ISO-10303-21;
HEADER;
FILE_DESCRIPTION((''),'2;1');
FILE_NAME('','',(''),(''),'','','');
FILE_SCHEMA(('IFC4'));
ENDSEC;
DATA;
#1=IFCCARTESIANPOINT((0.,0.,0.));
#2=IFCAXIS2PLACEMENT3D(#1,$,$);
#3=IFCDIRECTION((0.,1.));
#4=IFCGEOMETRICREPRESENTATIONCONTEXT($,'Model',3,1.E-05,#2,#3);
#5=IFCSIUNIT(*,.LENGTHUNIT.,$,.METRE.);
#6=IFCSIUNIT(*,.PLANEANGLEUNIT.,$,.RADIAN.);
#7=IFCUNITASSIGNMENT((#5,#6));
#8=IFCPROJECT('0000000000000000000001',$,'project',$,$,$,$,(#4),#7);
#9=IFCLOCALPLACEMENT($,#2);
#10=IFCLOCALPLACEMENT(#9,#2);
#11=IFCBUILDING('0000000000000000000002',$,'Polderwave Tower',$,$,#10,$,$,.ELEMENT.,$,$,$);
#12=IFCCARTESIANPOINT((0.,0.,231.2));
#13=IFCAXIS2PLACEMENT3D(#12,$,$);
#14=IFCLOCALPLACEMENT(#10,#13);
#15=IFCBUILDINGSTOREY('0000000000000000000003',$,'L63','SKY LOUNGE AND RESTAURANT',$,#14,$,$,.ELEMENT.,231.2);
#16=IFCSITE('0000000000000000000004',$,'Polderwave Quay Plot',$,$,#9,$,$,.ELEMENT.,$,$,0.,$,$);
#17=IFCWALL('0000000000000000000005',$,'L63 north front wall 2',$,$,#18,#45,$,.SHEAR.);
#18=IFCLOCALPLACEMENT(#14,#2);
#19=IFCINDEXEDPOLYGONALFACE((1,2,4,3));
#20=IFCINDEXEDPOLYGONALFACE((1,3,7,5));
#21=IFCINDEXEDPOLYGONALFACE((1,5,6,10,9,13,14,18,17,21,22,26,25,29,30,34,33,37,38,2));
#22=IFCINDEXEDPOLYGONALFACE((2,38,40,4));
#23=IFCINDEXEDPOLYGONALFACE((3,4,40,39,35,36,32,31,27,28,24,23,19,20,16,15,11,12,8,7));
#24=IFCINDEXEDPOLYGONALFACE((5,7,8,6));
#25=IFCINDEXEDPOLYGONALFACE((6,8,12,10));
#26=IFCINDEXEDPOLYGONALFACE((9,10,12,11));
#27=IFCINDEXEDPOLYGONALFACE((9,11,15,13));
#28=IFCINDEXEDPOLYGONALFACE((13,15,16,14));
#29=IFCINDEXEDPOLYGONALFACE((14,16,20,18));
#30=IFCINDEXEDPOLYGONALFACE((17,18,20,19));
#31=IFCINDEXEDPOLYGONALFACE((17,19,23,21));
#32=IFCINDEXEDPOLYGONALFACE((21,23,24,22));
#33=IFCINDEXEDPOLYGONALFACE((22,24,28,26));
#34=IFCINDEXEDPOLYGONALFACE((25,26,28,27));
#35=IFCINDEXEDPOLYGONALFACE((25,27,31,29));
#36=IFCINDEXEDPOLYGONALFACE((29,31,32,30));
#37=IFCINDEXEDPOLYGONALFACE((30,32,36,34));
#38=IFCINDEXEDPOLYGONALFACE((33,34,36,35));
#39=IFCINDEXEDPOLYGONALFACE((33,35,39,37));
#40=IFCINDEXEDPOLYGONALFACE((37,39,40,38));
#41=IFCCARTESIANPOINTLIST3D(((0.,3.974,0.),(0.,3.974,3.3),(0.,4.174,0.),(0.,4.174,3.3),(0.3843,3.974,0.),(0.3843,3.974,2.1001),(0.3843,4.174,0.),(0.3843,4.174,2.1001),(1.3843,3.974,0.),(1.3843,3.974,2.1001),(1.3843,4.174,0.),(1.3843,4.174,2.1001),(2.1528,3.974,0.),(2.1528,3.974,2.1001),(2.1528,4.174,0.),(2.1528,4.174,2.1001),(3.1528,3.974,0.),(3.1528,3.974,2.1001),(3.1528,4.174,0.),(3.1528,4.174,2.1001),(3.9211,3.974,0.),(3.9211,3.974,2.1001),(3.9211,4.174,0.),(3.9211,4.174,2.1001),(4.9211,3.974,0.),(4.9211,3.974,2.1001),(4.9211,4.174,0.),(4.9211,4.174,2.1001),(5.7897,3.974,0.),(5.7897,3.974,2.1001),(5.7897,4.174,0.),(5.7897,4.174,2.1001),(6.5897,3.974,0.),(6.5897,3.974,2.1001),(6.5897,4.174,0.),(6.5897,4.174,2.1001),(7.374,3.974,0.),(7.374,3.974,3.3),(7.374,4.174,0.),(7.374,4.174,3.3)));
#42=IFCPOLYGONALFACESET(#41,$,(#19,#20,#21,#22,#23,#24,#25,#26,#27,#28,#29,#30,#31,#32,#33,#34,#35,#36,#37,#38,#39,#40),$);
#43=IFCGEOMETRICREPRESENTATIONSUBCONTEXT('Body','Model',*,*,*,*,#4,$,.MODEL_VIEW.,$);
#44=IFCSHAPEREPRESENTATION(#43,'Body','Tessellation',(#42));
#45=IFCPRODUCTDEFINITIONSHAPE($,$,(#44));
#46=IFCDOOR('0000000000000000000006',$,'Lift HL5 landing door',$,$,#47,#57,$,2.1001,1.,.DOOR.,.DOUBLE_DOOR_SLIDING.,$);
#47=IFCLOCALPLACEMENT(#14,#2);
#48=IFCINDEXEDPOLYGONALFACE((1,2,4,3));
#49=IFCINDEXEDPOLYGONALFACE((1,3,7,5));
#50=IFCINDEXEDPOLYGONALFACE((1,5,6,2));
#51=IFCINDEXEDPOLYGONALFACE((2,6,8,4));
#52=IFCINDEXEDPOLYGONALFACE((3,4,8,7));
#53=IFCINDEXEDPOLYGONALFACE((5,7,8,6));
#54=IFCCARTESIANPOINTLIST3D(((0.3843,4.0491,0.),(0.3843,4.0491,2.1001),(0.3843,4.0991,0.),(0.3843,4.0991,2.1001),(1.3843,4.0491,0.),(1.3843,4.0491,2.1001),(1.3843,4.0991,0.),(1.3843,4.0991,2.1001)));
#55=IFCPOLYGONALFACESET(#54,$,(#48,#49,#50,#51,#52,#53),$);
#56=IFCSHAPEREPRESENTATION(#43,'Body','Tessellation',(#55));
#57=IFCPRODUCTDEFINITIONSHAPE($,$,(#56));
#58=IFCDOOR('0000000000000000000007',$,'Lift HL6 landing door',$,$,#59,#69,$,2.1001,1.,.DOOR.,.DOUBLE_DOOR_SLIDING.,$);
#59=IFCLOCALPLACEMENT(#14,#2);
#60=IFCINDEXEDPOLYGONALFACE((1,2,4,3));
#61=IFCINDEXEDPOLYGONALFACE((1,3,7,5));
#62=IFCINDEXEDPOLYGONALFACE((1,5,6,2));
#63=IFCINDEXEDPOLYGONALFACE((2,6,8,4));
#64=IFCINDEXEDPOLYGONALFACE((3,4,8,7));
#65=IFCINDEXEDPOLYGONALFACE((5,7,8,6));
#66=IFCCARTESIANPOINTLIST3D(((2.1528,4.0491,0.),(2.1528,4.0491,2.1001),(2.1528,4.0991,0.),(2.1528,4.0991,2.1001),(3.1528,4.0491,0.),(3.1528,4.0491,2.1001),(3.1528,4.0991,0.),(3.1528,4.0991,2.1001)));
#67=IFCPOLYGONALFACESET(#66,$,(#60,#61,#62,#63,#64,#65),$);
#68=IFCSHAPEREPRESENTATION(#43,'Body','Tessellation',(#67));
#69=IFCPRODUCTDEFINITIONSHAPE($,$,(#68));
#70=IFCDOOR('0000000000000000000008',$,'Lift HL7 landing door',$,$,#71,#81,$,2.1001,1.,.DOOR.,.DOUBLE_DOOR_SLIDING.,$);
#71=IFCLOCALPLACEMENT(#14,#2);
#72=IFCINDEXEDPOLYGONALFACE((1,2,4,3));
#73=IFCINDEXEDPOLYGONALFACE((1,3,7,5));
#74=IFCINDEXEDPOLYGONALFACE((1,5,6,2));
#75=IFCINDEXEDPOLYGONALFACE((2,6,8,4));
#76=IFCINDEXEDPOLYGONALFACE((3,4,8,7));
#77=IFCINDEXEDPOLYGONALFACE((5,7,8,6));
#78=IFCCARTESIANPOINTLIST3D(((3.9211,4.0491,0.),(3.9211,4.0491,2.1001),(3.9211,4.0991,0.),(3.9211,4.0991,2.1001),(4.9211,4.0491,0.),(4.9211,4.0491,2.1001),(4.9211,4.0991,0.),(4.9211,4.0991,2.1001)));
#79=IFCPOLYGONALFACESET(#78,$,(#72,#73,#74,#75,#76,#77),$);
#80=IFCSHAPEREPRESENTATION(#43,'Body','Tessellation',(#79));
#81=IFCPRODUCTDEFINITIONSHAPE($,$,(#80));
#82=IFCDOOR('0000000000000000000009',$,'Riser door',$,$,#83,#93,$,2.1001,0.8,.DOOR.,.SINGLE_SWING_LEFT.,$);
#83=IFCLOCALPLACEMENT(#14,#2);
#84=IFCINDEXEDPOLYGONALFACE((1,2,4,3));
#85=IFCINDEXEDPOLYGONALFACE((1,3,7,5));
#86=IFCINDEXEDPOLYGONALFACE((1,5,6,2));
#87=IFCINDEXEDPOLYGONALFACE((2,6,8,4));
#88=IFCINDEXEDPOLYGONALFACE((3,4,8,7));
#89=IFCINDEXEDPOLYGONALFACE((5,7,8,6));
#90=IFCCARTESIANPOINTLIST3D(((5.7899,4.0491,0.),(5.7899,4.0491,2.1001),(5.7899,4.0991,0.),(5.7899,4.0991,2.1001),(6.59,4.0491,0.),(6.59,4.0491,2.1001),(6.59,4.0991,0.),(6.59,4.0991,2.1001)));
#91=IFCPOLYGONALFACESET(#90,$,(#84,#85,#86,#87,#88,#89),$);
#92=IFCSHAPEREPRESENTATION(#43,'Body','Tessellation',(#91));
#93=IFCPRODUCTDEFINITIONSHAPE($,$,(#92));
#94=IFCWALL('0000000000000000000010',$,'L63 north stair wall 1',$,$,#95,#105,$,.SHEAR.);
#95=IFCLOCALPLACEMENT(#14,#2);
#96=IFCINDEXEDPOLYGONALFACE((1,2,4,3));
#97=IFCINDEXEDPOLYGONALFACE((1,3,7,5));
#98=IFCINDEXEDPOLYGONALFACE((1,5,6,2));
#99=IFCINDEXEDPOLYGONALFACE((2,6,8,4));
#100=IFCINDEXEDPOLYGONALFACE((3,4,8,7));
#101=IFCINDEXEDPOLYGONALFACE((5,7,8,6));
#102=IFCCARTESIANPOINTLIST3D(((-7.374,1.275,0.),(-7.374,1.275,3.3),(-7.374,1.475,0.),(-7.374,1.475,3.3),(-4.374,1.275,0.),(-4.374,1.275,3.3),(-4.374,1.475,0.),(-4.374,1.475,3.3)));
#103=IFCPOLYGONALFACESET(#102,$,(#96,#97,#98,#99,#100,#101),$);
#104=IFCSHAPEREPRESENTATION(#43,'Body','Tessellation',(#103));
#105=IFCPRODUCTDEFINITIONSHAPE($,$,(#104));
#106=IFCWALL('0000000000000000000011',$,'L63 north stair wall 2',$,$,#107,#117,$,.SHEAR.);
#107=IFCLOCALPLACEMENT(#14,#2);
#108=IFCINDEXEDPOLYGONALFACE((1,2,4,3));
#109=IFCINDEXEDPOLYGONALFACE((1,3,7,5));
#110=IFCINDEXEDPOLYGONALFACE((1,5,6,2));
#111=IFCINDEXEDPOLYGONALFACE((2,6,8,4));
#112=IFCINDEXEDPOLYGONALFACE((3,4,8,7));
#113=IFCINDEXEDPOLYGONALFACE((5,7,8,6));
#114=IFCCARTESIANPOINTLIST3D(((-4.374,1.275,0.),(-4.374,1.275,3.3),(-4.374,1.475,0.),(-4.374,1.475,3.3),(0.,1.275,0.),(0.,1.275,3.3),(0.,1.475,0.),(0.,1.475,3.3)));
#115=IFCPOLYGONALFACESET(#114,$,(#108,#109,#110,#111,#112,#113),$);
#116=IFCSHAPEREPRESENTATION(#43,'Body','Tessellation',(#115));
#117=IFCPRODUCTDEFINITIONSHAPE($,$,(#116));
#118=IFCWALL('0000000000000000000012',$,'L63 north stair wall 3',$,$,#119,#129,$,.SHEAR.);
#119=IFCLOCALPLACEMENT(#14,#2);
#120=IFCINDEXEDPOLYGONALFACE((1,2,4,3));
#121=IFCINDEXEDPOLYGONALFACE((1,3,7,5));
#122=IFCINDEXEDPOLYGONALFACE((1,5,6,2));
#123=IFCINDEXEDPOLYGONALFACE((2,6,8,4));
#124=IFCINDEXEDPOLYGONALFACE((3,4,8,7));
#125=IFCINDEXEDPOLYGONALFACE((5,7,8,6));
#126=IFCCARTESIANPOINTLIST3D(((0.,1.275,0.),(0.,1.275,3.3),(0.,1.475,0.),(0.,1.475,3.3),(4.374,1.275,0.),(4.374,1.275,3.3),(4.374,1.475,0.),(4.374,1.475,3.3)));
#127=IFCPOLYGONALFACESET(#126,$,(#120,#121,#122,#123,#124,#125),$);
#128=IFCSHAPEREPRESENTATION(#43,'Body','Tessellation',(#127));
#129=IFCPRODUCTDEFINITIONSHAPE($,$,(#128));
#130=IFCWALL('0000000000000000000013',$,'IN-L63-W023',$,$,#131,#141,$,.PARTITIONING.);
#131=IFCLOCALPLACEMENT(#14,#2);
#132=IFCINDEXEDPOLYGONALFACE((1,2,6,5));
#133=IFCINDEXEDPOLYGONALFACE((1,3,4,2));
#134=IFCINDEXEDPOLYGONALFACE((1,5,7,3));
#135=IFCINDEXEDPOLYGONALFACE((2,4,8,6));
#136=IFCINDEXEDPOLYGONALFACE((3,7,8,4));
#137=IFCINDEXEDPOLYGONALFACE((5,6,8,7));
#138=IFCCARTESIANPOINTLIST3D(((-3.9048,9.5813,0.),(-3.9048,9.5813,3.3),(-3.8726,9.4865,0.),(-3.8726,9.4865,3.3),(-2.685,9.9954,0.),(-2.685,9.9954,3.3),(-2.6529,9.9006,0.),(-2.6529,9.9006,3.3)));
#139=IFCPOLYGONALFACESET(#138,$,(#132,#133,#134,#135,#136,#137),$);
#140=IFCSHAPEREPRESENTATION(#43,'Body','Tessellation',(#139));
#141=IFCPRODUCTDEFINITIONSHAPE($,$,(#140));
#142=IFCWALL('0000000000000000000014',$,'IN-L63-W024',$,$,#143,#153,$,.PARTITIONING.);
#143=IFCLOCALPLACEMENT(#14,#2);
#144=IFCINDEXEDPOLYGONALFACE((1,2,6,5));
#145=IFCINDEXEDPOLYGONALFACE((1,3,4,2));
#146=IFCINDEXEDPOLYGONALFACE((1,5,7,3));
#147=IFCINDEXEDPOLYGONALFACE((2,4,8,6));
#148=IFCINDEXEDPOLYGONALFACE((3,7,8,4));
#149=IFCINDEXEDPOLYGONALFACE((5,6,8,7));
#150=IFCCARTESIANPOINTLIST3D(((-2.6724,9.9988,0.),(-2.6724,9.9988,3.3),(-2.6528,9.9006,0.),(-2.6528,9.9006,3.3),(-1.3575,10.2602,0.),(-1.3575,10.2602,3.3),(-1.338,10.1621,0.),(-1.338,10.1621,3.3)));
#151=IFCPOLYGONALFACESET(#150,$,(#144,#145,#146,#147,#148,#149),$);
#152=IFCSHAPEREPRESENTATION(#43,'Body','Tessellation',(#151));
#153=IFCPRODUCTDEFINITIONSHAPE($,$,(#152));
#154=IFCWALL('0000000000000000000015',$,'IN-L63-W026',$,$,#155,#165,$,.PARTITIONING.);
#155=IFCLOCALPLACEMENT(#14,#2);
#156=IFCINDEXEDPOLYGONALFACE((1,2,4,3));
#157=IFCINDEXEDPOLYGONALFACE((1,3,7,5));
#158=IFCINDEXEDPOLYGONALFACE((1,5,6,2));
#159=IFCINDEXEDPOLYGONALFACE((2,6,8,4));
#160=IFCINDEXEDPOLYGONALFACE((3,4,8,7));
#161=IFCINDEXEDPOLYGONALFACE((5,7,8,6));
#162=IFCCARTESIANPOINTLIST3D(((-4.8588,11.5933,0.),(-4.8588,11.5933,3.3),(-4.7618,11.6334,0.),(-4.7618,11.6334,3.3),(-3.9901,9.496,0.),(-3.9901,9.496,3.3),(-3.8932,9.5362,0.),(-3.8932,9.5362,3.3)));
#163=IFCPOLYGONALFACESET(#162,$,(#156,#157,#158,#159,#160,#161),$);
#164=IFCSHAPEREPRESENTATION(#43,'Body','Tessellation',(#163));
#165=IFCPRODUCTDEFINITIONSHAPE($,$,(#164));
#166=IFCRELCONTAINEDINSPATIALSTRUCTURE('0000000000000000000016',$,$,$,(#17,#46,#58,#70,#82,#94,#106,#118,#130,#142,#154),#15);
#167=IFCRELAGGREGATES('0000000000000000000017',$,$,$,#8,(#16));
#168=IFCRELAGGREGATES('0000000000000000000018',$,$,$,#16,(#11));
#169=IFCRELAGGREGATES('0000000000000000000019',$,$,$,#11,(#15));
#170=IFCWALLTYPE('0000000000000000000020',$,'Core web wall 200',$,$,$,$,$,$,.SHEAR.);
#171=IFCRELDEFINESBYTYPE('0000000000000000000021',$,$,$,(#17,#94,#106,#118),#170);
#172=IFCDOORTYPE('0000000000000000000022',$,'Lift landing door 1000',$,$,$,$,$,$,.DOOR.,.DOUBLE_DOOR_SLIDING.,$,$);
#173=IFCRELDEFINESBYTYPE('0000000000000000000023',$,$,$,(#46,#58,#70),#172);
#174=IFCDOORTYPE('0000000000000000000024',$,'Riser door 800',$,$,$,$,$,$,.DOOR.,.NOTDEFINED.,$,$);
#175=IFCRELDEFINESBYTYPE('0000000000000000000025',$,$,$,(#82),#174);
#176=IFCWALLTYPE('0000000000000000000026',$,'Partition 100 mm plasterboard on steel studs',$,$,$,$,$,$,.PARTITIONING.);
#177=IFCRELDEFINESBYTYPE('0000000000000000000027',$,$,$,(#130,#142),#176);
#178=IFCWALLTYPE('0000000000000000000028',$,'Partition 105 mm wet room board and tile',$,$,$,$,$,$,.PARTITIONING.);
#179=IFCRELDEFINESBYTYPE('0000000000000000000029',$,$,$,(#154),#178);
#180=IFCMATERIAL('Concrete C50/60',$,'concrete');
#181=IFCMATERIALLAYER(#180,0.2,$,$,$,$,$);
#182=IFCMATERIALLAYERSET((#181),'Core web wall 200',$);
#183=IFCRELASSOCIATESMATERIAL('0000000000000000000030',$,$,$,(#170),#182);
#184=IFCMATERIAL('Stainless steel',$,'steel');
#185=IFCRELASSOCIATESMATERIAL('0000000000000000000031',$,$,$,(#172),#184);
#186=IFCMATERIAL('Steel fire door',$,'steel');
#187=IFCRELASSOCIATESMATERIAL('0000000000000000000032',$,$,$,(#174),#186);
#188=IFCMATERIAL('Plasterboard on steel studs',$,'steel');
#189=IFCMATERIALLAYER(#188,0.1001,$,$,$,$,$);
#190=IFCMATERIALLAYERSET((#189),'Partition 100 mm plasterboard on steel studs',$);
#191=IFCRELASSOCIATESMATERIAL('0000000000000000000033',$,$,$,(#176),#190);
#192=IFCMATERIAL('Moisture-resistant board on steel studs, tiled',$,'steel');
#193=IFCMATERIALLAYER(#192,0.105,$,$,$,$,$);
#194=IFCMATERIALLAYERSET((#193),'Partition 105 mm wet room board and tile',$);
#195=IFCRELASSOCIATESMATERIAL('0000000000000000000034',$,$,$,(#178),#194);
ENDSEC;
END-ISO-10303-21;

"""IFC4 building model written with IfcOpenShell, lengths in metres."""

from ifc_helpers import new_model, si_unit, direction, frame, frame_2d, origin, place, context, subcontext, project, spatial, rectangle, extrude, material, layer, layer_set, type_object, element, fill, save


model = new_model("IFC4")

# Units and contexts
model_context = context("Model", 3, precision=1e-05, world=origin(), true_north=direction((0.0, 1.0)))
body_context = subcontext(model_context, "Body", "Model", "MODEL_VIEW")
ifc_project = project(units=[si_unit("LENGTHUNIT", "METRE"), si_unit("PLANEANGLEUNIT", "RADIAN")], contexts=[model_context])

# Site, building, storey
site_placement = place(None, origin())
site = spatial("IfcSite", under=ifc_project, at=site_placement, Name="Polderwave Quay Plot", CompositionType="ELEMENT", RefElevation=0.0)
building_placement = place(site_placement, origin())
building = spatial("IfcBuilding", under=site, at=building_placement, Name="Polderwave Tower", CompositionType="ELEMENT")
storey_placement = place(building_placement, frame((0.0, 0.0, 231.2)))
storey = spatial("IfcBuildingStorey", under=building, at=storey_placement, Name="L63", Description="SKY LOUNGE AND RESTAURANT", CompositionType="ELEMENT", Elevation=231.2)

# Wall, openings, doors
ifc_material_1 = material(Name="Concrete C50/60", Category="concrete")
ifc_layer_1 = layer(ifc_material_1, 0.2)
ifc_layer_set_1 = layer_set([ifc_layer_1], Name="Core web wall 200")
wall_type_1 = type_object("IfcWallType", Name="Core web wall 200", PredefinedType="SHEAR", material=ifc_layer_set_1)
ifc_material_2 = material(Name="Stainless steel", Category="steel")
door_type_1 = type_object("IfcDoorType", Name="Lift landing door 1000", OperationType="DOUBLE_DOOR_SLIDING", PredefinedType="DOOR", material=ifc_material_2)
wall_1_placement = place(storey_placement, frame((0.0, 4.074, 0.0), z_axis=(0.0, 0.0, 1.0), x_axis=(1.0, 0.0, 0.0)))
wall_1 = element("IfcWall", 1, at=wall_1_placement, inside=storey, type_object=wall_type_1, Name="L63 north front wall 2", PredefinedType="SHEAR", context=body_context, shape_type="SweptSolid", body=[
    extrude(rectangle(XDim=7.374, YDim=0.2, at=frame_2d((3.687, 0.0))), origin(), (0.0, 0.0, 1.0), 3.3),
])
opening_1_placement = place(wall_1_placement, frame((0.3843, 0.0, 0.0)))
opening_1 = element("IfcOpeningElement", 2, at=opening_1_placement, cuts=wall_1, PredefinedType="OPENING", context=body_context, shape_type="SweptSolid", body=[
    extrude(rectangle(XDim=1.0, YDim=2.1001, at=frame_2d((0.5, 1.05))), frame((0.0, 0.1099, 0.0), z_axis=(0.0, -1.0, 0.0), x_axis=(1.0, 0.0, 0.0)), (0.0, 0.0, 1.0), 0.22),
])
opening_2_placement = place(wall_1_placement, frame((2.1528, 0.0, 0.0)))
opening_2 = element("IfcOpeningElement", 3, at=opening_2_placement, cuts=wall_1, PredefinedType="OPENING", context=body_context, shape_type="SweptSolid", body=[
    extrude(rectangle(XDim=1.0, YDim=2.1001, at=frame_2d((0.5, 1.05))), frame((0.0, 0.1099, 0.0), z_axis=(0.0, -1.0, 0.0), x_axis=(1.0, 0.0, 0.0)), (0.0, 0.0, 1.0), 0.22),
])
opening_3_placement = place(wall_1_placement, frame((3.9211, 0.0, 0.0)))
opening_3 = element("IfcOpeningElement", 4, at=opening_3_placement, cuts=wall_1, PredefinedType="OPENING", context=body_context, shape_type="SweptSolid", body=[
    extrude(rectangle(XDim=1.0, YDim=2.1001, at=frame_2d((0.5, 1.05))), frame((0.0, 0.1099, 0.0), z_axis=(0.0, -1.0, 0.0), x_axis=(1.0, 0.0, 0.0)), (0.0, 0.0, 1.0), 0.22),
])
opening_4_placement = place(wall_1_placement, frame((5.7898, 0.0, 0.0)))
opening_4 = element("IfcOpeningElement", 5, at=opening_4_placement, cuts=wall_1, PredefinedType="OPENING", context=body_context, shape_type="SweptSolid", body=[
    extrude(rectangle(XDim=0.8, YDim=2.1001, at=frame_2d((0.3999, 1.05))), frame((0.0, 0.1099, 0.0), z_axis=(0.0, -1.0, 0.0), x_axis=(1.0, 0.0, 0.0)), (0.0, 0.0, 1.0), 0.22),
])
door_1_placement = place(opening_1_placement, frame((1.0, 0.0, 0.0), z_axis=(0.0, 0.0, 1.0), x_axis=(-1.0, 0.0, 0.0)))
door_1 = element("IfcDoor", 6, at=door_1_placement, inside=storey, type_object=door_type_1, Name="Lift HL5 landing door", OperationType="DOUBLE_DOOR_SLIDING", OverallHeight=2.1001, OverallWidth=1.0, PredefinedType="DOOR", context=body_context, shape_type="SweptSolid", body=[
    extrude(rectangle(XDim=1.0, YDim=2.1001, at=frame_2d((0.5, 1.05))), frame((0.0, 0.0249, 0.0), z_axis=(0.0, -1.0, 0.0), x_axis=(1.0, 0.0, 0.0)), (0.0, 0.0, 1.0), 0.05),
])
fill(opening_1, door_1)
door_2_placement = place(opening_2_placement, frame((1.0, 0.0, 0.0), z_axis=(0.0, 0.0, 1.0), x_axis=(-1.0, 0.0, 0.0)))
door_2 = element("IfcDoor", 7, at=door_2_placement, inside=storey, type_object=door_type_1, Name="Lift HL6 landing door", OperationType="DOUBLE_DOOR_SLIDING", OverallHeight=2.1001, OverallWidth=1.0, PredefinedType="DOOR", context=body_context, shape_type="SweptSolid", body=[
    extrude(rectangle(XDim=1.0, YDim=2.1001, at=frame_2d((0.5, 1.05))), frame((0.0, 0.0249, 0.0), z_axis=(0.0, -1.0, 0.0), x_axis=(1.0, 0.0, 0.0)), (0.0, 0.0, 1.0), 0.05),
])
fill(opening_2, door_2)
door_3_placement = place(opening_3_placement, frame((1.0, 0.0, 0.0), z_axis=(0.0, 0.0, 1.0), x_axis=(-1.0, 0.0, 0.0)))
door_3 = element("IfcDoor", 8, at=door_3_placement, inside=storey, type_object=door_type_1, Name="Lift HL7 landing door", OperationType="DOUBLE_DOOR_SLIDING", OverallHeight=2.1001, OverallWidth=1.0, PredefinedType="DOOR", context=body_context, shape_type="SweptSolid", body=[
    extrude(rectangle(XDim=1.0, YDim=2.1001, at=frame_2d((0.5, 1.05))), frame((0.0, 0.0249, 0.0), z_axis=(0.0, -1.0, 0.0), x_axis=(1.0, 0.0, 0.0)), (0.0, 0.0, 1.0), 0.05),
])
fill(opening_3, door_3)
ifc_material_3 = material(Name="Steel fire door", Category="steel")
door_type_2 = type_object("IfcDoorType", Name="Riser door 800", OperationType="NOTDEFINED", PredefinedType="DOOR", material=ifc_material_3)
door_4_placement = place(opening_4_placement, frame((0.8, 0.0, 0.0), z_axis=(0.0, 0.0, 1.0), x_axis=(-1.0, 0.0, 0.0)))
door_4 = element("IfcDoor", 9, at=door_4_placement, inside=storey, type_object=door_type_2, Name="Riser door", OperationType="SINGLE_SWING_LEFT", OverallHeight=2.1001, OverallWidth=0.8, PredefinedType="DOOR", context=body_context, shape_type="SweptSolid", body=[
    extrude(rectangle(XDim=0.8, YDim=2.1001, at=frame_2d((0.3999, 1.05))), frame((0.0, 0.0249, 0.0), z_axis=(0.0, -1.0, 0.0), x_axis=(1.0, 0.0, 0.0)), (0.0, 0.0, 1.0), 0.05),
])
fill(opening_4, door_4)

# Walls
wall_2_placement = place(storey_placement, frame((-7.374, 1.375, 0.0), z_axis=(0.0, 0.0, 1.0), x_axis=(1.0, 0.0, 0.0)))
element("IfcWall", 10, at=wall_2_placement, inside=storey, type_object=wall_type_1, Name="L63 north stair wall 1", PredefinedType="SHEAR", context=body_context, shape_type="SweptSolid", body=[
    extrude(rectangle(XDim=3.0, YDim=0.2, at=frame_2d((1.5, 0.0))), origin(), (0.0, 0.0, 1.0), 3.3),
])
for number, where, z_axis, x_axis, name in (
    (11, (-4.374, 1.375, 0.0), (0.0, 0.0, 1.0), (1.0, 0.0, 0.0), "L63 north stair wall 2"),
    (12, (0.0, 1.375, 0.0), (0.0, 0.0, 1.0), (1.0, 0.0, 0.0), "L63 north stair wall 3"),
):
    element("IfcWall", number, at=place(storey_placement, frame(where, z_axis=z_axis, x_axis=x_axis)), inside=storey, type_object=wall_type_1, Name=name, PredefinedType="SHEAR", context=body_context, shape_type="SweptSolid", body=[
        extrude(rectangle(XDim=4.374, YDim=0.2, at=frame_2d((2.187, 0.0))), origin(), (0.0, 0.0, 1.0), 3.3),
    ])
ifc_material_4 = material(Name="Plasterboard on steel studs", Category="steel")
ifc_layer_2 = layer(ifc_material_4, 0.1001)
ifc_layer_set_2 = layer_set([ifc_layer_2], Name="Partition 100 mm plasterboard on steel studs")
wall_type_2 = type_object("IfcWallType", Name="Partition 100 mm plasterboard on steel studs", PredefinedType="PARTITIONING", material=ifc_layer_set_2)
wall_3_placement = place(storey_placement, frame((-2.6689, 9.948, 0.0), z_axis=(0.0, 0.0, 1.0), x_axis=(-0.946925, -0.321454, 0.0)))
element("IfcWall", 13, at=wall_3_placement, inside=storey, type_object=wall_type_2, Name="IN-L63-W023", PredefinedType="PARTITIONING", context=body_context, shape_type="SweptSolid", body=[
    extrude(rectangle(XDim=1.2881, YDim=0.1001, at=frame_2d((0.644, 0.0))), origin(), (0.0, 0.0, 1.0), 3.3),
])
wall_4_placement = place(storey_placement, frame((-1.3477, 10.2112, 0.0), z_axis=(0.0, 0.0, 1.0), x_axis=(-0.980797, -0.19503, 0.0)))
element("IfcWall", 14, at=wall_4_placement, inside=storey, type_object=wall_type_2, Name="IN-L63-W024", PredefinedType="PARTITIONING", context=body_context, shape_type="SweptSolid", body=[
    extrude(rectangle(XDim=1.3406, YDim=0.1001, at=frame_2d((0.6704, 0.0))), origin(), (0.0, 0.0, 1.0), 3.3),
])
ifc_material_5 = material(Name="Moisture-resistant board on steel studs, tiled", Category="steel")
ifc_layer_3 = layer(ifc_material_5, 0.105)
ifc_layer_set_3 = layer_set([ifc_layer_3], Name="Partition 105 mm wet room board and tile")
wall_type_3 = type_object("IfcWallType", Name="Partition 105 mm wet room board and tile", PredefinedType="PARTITIONING", material=ifc_layer_set_3)
wall_5_placement = place(storey_placement, frame((-3.9417, 9.5161, 0.0), z_axis=(0.0, 0.0, 1.0), x_axis=(-0.382675, 0.923883, 0.0)))
element("IfcWall", 15, at=wall_5_placement, inside=storey, type_object=wall_type_3, Name="IN-L63-W026", PredefinedType="PARTITIONING", context=body_context, shape_type="SweptSolid", body=[
    extrude(rectangle(XDim=2.27, YDim=0.105, at=frame_2d((1.135, 0.0))), origin(), (0.0, 0.0, 1.0), 3.3),
])

save(model, "model.ifc")
